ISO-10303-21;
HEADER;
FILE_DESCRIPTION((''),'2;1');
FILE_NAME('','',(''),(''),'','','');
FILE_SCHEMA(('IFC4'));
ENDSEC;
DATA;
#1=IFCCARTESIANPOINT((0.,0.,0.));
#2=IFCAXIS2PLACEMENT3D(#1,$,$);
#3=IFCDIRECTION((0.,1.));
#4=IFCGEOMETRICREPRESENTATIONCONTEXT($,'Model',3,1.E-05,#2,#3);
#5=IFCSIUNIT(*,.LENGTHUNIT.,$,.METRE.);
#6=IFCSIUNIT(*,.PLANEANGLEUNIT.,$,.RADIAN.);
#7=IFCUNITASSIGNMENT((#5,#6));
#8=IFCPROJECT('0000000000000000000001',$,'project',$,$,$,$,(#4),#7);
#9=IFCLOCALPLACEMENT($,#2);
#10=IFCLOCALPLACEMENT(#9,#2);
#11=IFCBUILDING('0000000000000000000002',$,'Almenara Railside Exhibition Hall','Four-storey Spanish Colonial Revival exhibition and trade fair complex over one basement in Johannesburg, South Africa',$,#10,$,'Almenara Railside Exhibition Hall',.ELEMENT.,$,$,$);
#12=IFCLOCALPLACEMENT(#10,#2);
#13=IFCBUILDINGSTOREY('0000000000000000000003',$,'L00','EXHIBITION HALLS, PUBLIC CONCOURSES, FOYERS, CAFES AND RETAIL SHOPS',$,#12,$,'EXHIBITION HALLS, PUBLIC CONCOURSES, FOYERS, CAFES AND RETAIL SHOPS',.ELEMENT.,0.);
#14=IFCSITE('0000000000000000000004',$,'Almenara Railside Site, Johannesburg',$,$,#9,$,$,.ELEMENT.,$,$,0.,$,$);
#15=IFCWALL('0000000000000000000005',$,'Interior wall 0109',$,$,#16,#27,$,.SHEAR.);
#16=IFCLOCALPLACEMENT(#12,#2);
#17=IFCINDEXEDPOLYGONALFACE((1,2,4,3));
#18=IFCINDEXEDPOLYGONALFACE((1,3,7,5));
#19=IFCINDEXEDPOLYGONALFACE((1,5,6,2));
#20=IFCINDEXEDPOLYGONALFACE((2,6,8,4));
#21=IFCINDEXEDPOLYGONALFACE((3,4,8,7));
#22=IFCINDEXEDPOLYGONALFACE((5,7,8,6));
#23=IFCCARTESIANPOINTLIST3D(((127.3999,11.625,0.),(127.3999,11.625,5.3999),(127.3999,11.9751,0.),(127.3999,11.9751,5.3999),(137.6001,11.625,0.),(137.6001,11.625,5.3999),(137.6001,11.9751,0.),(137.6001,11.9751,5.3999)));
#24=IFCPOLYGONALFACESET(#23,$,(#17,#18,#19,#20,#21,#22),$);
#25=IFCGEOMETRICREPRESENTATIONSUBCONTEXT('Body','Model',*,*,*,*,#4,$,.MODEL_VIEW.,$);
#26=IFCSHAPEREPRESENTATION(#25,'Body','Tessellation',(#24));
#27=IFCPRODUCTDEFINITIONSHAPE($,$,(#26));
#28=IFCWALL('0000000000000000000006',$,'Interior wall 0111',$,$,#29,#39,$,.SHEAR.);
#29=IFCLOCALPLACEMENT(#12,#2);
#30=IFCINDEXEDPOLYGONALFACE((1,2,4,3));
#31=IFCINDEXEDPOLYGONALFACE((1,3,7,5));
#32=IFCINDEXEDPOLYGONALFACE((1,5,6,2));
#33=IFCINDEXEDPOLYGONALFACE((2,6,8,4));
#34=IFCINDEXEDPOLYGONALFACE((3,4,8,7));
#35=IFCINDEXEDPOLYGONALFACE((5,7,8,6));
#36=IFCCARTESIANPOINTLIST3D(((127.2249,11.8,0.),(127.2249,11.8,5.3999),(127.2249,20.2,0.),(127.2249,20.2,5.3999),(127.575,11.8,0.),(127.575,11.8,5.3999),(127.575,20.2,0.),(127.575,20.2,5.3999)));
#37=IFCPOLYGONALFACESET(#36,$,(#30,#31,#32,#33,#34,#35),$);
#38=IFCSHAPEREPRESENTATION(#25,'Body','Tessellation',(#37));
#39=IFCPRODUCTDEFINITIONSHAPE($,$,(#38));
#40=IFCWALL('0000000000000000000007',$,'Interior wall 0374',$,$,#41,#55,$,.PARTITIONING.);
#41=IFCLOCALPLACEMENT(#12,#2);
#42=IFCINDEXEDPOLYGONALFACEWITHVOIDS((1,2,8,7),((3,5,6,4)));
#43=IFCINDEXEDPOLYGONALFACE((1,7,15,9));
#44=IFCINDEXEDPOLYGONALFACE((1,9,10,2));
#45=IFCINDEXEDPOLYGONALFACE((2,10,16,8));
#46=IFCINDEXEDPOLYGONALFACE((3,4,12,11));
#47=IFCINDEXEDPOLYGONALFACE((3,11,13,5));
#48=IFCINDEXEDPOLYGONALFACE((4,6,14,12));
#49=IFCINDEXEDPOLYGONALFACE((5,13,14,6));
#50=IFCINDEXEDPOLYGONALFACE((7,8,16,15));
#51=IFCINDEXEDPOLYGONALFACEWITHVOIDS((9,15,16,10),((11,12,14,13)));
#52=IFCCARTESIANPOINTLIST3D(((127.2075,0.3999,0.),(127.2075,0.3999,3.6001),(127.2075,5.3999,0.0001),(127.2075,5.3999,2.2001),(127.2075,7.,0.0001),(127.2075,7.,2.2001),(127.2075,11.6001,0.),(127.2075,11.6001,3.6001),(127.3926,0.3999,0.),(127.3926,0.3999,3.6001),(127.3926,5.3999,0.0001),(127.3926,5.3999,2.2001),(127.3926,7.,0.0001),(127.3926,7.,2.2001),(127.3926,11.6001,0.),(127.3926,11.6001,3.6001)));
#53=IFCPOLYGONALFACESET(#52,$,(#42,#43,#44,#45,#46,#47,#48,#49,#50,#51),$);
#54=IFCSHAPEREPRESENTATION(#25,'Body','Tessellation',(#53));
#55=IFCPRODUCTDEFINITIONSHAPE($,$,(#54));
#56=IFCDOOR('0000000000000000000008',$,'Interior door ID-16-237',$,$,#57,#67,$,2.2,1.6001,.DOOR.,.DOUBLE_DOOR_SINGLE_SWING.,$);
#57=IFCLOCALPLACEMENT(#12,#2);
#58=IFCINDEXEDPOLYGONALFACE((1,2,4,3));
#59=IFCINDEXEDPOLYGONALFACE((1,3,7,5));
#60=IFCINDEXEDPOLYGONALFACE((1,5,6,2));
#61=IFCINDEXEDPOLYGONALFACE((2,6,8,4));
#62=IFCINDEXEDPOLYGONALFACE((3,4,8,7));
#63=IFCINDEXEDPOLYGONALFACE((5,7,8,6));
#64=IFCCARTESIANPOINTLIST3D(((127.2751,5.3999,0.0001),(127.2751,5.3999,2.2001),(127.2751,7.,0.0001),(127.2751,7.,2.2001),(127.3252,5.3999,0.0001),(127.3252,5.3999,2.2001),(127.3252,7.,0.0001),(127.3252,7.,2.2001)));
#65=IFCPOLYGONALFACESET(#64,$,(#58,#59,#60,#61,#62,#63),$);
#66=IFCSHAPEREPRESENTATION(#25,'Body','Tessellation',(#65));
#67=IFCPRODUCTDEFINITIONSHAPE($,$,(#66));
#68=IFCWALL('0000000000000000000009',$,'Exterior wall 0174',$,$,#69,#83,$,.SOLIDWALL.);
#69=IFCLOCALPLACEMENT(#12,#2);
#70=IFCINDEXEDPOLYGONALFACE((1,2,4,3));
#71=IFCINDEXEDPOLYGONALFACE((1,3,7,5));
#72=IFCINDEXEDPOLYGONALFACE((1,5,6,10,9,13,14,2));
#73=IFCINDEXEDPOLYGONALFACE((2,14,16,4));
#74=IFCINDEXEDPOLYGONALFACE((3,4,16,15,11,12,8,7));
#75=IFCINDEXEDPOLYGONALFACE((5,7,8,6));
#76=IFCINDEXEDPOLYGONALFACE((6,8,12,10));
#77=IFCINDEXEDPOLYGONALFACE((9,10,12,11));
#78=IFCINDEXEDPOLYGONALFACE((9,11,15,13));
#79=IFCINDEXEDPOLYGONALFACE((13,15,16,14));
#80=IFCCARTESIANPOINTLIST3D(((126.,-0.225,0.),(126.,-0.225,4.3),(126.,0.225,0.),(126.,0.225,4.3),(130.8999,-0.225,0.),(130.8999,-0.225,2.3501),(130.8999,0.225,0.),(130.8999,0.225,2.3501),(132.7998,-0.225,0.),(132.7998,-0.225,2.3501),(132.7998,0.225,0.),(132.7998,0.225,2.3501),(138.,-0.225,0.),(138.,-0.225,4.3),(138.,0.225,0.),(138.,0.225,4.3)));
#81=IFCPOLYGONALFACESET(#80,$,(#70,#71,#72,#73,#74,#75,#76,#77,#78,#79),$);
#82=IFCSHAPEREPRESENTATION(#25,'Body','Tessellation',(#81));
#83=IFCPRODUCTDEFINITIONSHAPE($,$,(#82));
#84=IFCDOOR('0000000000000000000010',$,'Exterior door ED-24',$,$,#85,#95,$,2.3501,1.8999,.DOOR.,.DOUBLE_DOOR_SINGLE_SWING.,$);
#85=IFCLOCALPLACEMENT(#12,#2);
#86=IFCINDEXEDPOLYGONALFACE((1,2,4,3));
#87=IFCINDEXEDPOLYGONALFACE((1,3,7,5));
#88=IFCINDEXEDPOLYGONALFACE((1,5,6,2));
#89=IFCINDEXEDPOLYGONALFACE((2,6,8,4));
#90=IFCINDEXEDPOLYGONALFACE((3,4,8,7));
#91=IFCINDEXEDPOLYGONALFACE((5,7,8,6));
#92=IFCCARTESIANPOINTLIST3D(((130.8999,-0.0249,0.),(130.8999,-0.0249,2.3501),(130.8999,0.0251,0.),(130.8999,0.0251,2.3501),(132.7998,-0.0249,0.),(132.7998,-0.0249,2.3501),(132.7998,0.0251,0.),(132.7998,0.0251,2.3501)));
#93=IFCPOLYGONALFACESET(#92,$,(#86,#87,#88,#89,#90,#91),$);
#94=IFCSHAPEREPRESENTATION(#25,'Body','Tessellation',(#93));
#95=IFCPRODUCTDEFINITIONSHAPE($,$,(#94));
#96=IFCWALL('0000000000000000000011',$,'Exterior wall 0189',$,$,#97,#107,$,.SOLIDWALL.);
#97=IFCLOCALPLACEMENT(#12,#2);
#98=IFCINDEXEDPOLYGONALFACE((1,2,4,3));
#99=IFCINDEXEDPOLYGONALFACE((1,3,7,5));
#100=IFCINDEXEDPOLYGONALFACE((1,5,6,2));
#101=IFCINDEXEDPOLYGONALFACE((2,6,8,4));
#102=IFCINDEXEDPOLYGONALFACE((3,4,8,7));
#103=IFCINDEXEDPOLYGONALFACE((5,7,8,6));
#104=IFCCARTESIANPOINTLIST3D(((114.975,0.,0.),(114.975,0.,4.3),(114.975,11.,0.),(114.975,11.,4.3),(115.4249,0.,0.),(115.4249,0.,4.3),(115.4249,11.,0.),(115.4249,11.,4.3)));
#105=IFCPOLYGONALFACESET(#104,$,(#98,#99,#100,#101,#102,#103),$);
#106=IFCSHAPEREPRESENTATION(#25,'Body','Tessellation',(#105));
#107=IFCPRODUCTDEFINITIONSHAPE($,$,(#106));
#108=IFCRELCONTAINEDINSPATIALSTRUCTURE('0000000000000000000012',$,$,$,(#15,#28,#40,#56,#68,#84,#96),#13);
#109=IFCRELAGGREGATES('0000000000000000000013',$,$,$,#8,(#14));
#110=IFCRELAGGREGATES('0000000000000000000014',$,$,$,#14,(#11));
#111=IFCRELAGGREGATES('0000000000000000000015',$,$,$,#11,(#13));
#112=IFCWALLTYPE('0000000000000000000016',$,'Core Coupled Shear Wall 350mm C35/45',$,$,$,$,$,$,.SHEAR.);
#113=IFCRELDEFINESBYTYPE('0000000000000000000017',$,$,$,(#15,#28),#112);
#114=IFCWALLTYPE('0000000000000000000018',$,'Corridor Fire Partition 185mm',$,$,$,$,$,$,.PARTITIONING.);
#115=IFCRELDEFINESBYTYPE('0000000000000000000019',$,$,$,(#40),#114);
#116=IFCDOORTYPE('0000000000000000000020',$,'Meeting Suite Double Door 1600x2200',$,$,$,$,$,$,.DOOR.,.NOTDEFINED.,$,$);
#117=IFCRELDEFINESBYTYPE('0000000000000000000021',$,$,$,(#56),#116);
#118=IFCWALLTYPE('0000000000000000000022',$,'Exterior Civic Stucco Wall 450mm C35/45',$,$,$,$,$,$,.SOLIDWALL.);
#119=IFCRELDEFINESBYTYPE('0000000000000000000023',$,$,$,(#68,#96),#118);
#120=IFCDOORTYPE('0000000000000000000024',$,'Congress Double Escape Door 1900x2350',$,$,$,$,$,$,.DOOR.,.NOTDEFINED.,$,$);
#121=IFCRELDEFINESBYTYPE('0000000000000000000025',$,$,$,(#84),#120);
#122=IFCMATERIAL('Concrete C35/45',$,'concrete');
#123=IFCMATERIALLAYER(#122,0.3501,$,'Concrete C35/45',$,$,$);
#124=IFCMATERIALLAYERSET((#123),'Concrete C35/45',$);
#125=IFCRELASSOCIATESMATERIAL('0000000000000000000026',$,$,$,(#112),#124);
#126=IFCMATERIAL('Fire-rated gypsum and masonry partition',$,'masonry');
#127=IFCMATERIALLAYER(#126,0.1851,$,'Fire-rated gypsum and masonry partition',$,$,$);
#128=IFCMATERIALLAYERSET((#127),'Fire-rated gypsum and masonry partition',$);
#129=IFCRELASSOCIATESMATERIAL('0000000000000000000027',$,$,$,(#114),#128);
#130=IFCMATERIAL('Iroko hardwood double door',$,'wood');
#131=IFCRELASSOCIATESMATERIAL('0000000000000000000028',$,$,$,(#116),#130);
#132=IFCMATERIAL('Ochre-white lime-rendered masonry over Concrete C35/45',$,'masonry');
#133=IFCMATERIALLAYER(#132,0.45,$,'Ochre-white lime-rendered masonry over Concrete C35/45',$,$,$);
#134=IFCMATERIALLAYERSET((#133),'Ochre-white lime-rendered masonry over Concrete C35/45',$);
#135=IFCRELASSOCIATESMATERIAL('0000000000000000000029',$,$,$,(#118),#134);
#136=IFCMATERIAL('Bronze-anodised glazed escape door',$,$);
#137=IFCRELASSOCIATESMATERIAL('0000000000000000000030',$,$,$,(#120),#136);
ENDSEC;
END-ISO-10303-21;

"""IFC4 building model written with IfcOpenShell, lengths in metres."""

from ifc_helpers import new_model, si_unit, direction, frame, frame_2d, origin, place, context, subcontext, project, spatial, rectangle, extrude, material, layer, layer_set, type_object, element, fill, save


model = new_model("IFC4")

# Units and contexts
model_context = context("Model", 3, precision=1e-05, world=origin(), true_north=direction((0.0, 1.0)))
body_context = subcontext(model_context, "Body", "Model", "MODEL_VIEW")
ifc_project = project(units=[si_unit("LENGTHUNIT", "METRE"), si_unit("PLANEANGLEUNIT", "RADIAN")], contexts=[model_context])

# Site, building, storey
site_placement = place(None, origin())
site = spatial("IfcSite", under=ifc_project, at=site_placement, Name="Almenara Railside Site, Johannesburg", CompositionType="ELEMENT", RefElevation=0.0)
building_placement = place(site_placement, origin())
building = spatial("IfcBuilding", under=site, at=building_placement, Name="Almenara Railside Exhibition Hall", Description="Four-storey Spanish Colonial Revival exhibition and trade fair complex over one basement in Johannesburg, South Africa", LongName="Almenara Railside Exhibition Hall", CompositionType="ELEMENT")
storey_placement = place(building_placement, origin())
storey = spatial("IfcBuildingStorey", under=building, at=storey_placement, Name="L00", Description="EXHIBITION HALLS, PUBLIC CONCOURSES, FOYERS, CAFES AND RETAIL SHOPS", LongName="EXHIBITION HALLS, PUBLIC CONCOURSES, FOYERS, CAFES AND RETAIL SHOPS", CompositionType="ELEMENT", Elevation=0.0)

# Shared definitions
ifc_material_1 = material(Name="Concrete C35/45", Category="concrete")

# Walls
ifc_layer_1 = layer(ifc_material_1, 0.3501, Name="Concrete C35/45")
ifc_layer_set_1 = layer_set([ifc_layer_1], Name="Concrete C35/45")
wall_type_1 = type_object("IfcWallType", Name="Core Coupled Shear Wall 350mm C35/45", PredefinedType="SHEAR", material=ifc_layer_set_1)
wall_1_placement = place(storey_placement, frame((127.3999, 11.8, 0.0), z_axis=(0.0, 0.0, 1.0), x_axis=(1.0, 0.0, 0.0)))
element("IfcWall", 1, at=wall_1_placement, inside=storey, type_object=wall_type_1, Name="Interior wall 0109", PredefinedType="SHEAR", context=body_context, shape_type="SweptSolid", body=[
    extrude(rectangle(XDim=10.2002, YDim=0.3501, at=frame_2d((5.1001, 0.0))), origin(), (0.0, 0.0, 1.0), 5.3999),
])
wall_2_placement = place(storey_placement, frame((127.3999, 20.2, 0.0), z_axis=(0.0, 0.0, 1.0), x_axis=(0.0, -1.0, 0.0)))
element("IfcWall", 2, at=wall_2_placement, inside=storey, type_object=wall_type_1, Name="Interior wall 0111", PredefinedType="SHEAR", context=body_context, shape_type="SweptSolid", body=[
    extrude(rectangle(XDim=8.3999, YDim=0.3501, at=frame_2d((4.2, 0.0))), origin(), (0.0, 0.0, 1.0), 5.3999),
])

# Walls, openings, doors
ifc_material_2 = material(Name="Fire-rated gypsum and masonry partition", Category="masonry")
ifc_layer_2 = layer(ifc_material_2, 0.1851, Name="Fire-rated gypsum and masonry partition")
ifc_layer_set_2 = layer_set([ifc_layer_2], Name="Fire-rated gypsum and masonry partition")
wall_type_2 = type_object("IfcWallType", Name="Corridor Fire Partition 185mm", PredefinedType="PARTITIONING", material=ifc_layer_set_2)
wall_3_placement = place(storey_placement, frame((127.3, 0.3999, 0.0), z_axis=(0.0, 0.0, 1.0), x_axis=(0.0, 1.0, 0.0)))
wall_3 = element("IfcWall", 3, at=wall_3_placement, inside=storey, type_object=wall_type_2, Name="Interior wall 0374", PredefinedType="PARTITIONING", context=body_context, shape_type="SweptSolid", body=[
    extrude(rectangle(XDim=11.2002, YDim=0.1851, at=frame_2d((5.6001, 0.0))), origin(), (0.0, 0.0, 1.0), 3.6001),
])
opening_1_placement = place(wall_3_placement, frame((5.0, 0.0, 0.0)))
opening_1 = element("IfcOpeningElement", 4, at=opening_1_placement, cuts=wall_3, PredefinedType="OPENING", context=body_context, shape_type="SweptSolid", body=[
    extrude(rectangle(XDim=1.6001, YDim=2.2, at=frame_2d((0.8, 1.1001))), frame((0.0, 0.1025, 0.0), z_axis=(0.0, -1.0, 0.0), x_axis=(1.0, 0.0, 0.0)), (0.0, 0.0, 1.0), 0.2051),
])
ifc_material_3 = material(Name="Iroko hardwood double door", Category="wood")
door_type_1 = type_object("IfcDoorType", Name="Meeting Suite Double Door 1600x2200", OperationType="NOTDEFINED", PredefinedType="DOOR", material=ifc_material_3)
door_1_placement = place(opening_1_placement, origin())
door_1 = element("IfcDoor", 5, at=door_1_placement, inside=storey, type_object=door_type_1, Name="Interior door ID-16-237", OperationType="DOUBLE_DOOR_SINGLE_SWING", OverallHeight=2.2, OverallWidth=1.6001, PredefinedType="DOOR", context=body_context, shape_type="SweptSolid", body=[
    extrude(rectangle(XDim=1.6001, YDim=2.2, at=frame_2d((0.8, 1.1001))), frame((0.0, 0.0249, 0.0), z_axis=(0.0, -1.0, 0.0), x_axis=(1.0, 0.0, 0.0)), (0.0, 0.0, 1.0), 0.05),
])
fill(opening_1, door_1)
ifc_material_4 = material(Name="Ochre-white lime-rendered masonry over Concrete C35/45", Category="masonry")
ifc_layer_3 = layer(ifc_material_4, 0.45, Name="Ochre-white lime-rendered masonry over Concrete C35/45")
ifc_layer_set_3 = layer_set([ifc_layer_3], Name="Ochre-white lime-rendered masonry over Concrete C35/45")
wall_type_3 = type_object("IfcWallType", Name="Exterior Civic Stucco Wall 450mm C35/45", PredefinedType="SOLIDWALL", material=ifc_layer_set_3)
wall_4_placement = place(storey_placement, frame((126.0, 0.0, 0.0), z_axis=(0.0, 0.0, 1.0), x_axis=(1.0, 0.0, 0.0)))
wall_4 = element("IfcWall", 6, at=wall_4_placement, inside=storey, type_object=wall_type_3, Name="Exterior wall 0174", PredefinedType="SOLIDWALL", context=body_context, shape_type="SweptSolid", body=[
    extrude(rectangle(XDim=12.0, YDim=0.45, at=frame_2d((6.0, 0.0))), origin(), (0.0, 0.0, 1.0), 4.3),
])
opening_2_placement = place(wall_4_placement, frame((4.8999, 0.0, 0.0)))
opening_2 = element("IfcOpeningElement", 7, at=opening_2_placement, cuts=wall_4, PredefinedType="OPENING", context=body_context, shape_type="SweptSolid", body=[
    extrude(rectangle(XDim=1.8999, YDim=2.3501, at=frame_2d((0.95, 1.175))), frame((0.0, 0.2349, 0.0), z_axis=(0.0, -1.0, 0.0), x_axis=(1.0, 0.0, 0.0)), (0.0, 0.0, 1.0), 0.47),
])
ifc_material_5 = material(Name="Bronze-anodised glazed escape door")
door_type_2 = type_object("IfcDoorType", Name="Congress Double Escape Door 1900x2350", OperationType="NOTDEFINED", PredefinedType="DOOR", material=ifc_material_5)
door_2_placement = place(opening_2_placement, frame((1.8999, 0.0, 0.0), z_axis=(0.0, 0.0, 1.0), x_axis=(-1.0, 0.0, 0.0)))
door_2 = element("IfcDoor", 8, at=door_2_placement, inside=storey, type_object=door_type_2, Name="Exterior door ED-24", OperationType="DOUBLE_DOOR_SINGLE_SWING", OverallHeight=2.3501, OverallWidth=1.8999, PredefinedType="DOOR", context=body_context, shape_type="SweptSolid", body=[
    extrude(rectangle(XDim=1.8999, YDim=2.3501, at=frame_2d((0.95, 1.175))), frame((0.0, 0.0249, 0.0), z_axis=(0.0, -1.0, 0.0), x_axis=(1.0, 0.0, 0.0)), (0.0, 0.0, 1.0), 0.05),
])
fill(opening_2, door_2)

# Wall
wall_5_placement = place(storey_placement, frame((115.2, 11.0, 0.0), z_axis=(0.0, 0.0, 1.0), x_axis=(0.0, -1.0, 0.0)))
element("IfcWall", 9, at=wall_5_placement, inside=storey, type_object=wall_type_3, Name="Exterior wall 0189", PredefinedType="SOLIDWALL", context=body_context, shape_type="SweptSolid", body=[
    extrude(rectangle(XDim=11.0, YDim=0.45, at=frame_2d((5.5, 0.0))), origin(), (0.0, 0.0, 1.0), 4.3),
])

save(model, "model.ifc")
